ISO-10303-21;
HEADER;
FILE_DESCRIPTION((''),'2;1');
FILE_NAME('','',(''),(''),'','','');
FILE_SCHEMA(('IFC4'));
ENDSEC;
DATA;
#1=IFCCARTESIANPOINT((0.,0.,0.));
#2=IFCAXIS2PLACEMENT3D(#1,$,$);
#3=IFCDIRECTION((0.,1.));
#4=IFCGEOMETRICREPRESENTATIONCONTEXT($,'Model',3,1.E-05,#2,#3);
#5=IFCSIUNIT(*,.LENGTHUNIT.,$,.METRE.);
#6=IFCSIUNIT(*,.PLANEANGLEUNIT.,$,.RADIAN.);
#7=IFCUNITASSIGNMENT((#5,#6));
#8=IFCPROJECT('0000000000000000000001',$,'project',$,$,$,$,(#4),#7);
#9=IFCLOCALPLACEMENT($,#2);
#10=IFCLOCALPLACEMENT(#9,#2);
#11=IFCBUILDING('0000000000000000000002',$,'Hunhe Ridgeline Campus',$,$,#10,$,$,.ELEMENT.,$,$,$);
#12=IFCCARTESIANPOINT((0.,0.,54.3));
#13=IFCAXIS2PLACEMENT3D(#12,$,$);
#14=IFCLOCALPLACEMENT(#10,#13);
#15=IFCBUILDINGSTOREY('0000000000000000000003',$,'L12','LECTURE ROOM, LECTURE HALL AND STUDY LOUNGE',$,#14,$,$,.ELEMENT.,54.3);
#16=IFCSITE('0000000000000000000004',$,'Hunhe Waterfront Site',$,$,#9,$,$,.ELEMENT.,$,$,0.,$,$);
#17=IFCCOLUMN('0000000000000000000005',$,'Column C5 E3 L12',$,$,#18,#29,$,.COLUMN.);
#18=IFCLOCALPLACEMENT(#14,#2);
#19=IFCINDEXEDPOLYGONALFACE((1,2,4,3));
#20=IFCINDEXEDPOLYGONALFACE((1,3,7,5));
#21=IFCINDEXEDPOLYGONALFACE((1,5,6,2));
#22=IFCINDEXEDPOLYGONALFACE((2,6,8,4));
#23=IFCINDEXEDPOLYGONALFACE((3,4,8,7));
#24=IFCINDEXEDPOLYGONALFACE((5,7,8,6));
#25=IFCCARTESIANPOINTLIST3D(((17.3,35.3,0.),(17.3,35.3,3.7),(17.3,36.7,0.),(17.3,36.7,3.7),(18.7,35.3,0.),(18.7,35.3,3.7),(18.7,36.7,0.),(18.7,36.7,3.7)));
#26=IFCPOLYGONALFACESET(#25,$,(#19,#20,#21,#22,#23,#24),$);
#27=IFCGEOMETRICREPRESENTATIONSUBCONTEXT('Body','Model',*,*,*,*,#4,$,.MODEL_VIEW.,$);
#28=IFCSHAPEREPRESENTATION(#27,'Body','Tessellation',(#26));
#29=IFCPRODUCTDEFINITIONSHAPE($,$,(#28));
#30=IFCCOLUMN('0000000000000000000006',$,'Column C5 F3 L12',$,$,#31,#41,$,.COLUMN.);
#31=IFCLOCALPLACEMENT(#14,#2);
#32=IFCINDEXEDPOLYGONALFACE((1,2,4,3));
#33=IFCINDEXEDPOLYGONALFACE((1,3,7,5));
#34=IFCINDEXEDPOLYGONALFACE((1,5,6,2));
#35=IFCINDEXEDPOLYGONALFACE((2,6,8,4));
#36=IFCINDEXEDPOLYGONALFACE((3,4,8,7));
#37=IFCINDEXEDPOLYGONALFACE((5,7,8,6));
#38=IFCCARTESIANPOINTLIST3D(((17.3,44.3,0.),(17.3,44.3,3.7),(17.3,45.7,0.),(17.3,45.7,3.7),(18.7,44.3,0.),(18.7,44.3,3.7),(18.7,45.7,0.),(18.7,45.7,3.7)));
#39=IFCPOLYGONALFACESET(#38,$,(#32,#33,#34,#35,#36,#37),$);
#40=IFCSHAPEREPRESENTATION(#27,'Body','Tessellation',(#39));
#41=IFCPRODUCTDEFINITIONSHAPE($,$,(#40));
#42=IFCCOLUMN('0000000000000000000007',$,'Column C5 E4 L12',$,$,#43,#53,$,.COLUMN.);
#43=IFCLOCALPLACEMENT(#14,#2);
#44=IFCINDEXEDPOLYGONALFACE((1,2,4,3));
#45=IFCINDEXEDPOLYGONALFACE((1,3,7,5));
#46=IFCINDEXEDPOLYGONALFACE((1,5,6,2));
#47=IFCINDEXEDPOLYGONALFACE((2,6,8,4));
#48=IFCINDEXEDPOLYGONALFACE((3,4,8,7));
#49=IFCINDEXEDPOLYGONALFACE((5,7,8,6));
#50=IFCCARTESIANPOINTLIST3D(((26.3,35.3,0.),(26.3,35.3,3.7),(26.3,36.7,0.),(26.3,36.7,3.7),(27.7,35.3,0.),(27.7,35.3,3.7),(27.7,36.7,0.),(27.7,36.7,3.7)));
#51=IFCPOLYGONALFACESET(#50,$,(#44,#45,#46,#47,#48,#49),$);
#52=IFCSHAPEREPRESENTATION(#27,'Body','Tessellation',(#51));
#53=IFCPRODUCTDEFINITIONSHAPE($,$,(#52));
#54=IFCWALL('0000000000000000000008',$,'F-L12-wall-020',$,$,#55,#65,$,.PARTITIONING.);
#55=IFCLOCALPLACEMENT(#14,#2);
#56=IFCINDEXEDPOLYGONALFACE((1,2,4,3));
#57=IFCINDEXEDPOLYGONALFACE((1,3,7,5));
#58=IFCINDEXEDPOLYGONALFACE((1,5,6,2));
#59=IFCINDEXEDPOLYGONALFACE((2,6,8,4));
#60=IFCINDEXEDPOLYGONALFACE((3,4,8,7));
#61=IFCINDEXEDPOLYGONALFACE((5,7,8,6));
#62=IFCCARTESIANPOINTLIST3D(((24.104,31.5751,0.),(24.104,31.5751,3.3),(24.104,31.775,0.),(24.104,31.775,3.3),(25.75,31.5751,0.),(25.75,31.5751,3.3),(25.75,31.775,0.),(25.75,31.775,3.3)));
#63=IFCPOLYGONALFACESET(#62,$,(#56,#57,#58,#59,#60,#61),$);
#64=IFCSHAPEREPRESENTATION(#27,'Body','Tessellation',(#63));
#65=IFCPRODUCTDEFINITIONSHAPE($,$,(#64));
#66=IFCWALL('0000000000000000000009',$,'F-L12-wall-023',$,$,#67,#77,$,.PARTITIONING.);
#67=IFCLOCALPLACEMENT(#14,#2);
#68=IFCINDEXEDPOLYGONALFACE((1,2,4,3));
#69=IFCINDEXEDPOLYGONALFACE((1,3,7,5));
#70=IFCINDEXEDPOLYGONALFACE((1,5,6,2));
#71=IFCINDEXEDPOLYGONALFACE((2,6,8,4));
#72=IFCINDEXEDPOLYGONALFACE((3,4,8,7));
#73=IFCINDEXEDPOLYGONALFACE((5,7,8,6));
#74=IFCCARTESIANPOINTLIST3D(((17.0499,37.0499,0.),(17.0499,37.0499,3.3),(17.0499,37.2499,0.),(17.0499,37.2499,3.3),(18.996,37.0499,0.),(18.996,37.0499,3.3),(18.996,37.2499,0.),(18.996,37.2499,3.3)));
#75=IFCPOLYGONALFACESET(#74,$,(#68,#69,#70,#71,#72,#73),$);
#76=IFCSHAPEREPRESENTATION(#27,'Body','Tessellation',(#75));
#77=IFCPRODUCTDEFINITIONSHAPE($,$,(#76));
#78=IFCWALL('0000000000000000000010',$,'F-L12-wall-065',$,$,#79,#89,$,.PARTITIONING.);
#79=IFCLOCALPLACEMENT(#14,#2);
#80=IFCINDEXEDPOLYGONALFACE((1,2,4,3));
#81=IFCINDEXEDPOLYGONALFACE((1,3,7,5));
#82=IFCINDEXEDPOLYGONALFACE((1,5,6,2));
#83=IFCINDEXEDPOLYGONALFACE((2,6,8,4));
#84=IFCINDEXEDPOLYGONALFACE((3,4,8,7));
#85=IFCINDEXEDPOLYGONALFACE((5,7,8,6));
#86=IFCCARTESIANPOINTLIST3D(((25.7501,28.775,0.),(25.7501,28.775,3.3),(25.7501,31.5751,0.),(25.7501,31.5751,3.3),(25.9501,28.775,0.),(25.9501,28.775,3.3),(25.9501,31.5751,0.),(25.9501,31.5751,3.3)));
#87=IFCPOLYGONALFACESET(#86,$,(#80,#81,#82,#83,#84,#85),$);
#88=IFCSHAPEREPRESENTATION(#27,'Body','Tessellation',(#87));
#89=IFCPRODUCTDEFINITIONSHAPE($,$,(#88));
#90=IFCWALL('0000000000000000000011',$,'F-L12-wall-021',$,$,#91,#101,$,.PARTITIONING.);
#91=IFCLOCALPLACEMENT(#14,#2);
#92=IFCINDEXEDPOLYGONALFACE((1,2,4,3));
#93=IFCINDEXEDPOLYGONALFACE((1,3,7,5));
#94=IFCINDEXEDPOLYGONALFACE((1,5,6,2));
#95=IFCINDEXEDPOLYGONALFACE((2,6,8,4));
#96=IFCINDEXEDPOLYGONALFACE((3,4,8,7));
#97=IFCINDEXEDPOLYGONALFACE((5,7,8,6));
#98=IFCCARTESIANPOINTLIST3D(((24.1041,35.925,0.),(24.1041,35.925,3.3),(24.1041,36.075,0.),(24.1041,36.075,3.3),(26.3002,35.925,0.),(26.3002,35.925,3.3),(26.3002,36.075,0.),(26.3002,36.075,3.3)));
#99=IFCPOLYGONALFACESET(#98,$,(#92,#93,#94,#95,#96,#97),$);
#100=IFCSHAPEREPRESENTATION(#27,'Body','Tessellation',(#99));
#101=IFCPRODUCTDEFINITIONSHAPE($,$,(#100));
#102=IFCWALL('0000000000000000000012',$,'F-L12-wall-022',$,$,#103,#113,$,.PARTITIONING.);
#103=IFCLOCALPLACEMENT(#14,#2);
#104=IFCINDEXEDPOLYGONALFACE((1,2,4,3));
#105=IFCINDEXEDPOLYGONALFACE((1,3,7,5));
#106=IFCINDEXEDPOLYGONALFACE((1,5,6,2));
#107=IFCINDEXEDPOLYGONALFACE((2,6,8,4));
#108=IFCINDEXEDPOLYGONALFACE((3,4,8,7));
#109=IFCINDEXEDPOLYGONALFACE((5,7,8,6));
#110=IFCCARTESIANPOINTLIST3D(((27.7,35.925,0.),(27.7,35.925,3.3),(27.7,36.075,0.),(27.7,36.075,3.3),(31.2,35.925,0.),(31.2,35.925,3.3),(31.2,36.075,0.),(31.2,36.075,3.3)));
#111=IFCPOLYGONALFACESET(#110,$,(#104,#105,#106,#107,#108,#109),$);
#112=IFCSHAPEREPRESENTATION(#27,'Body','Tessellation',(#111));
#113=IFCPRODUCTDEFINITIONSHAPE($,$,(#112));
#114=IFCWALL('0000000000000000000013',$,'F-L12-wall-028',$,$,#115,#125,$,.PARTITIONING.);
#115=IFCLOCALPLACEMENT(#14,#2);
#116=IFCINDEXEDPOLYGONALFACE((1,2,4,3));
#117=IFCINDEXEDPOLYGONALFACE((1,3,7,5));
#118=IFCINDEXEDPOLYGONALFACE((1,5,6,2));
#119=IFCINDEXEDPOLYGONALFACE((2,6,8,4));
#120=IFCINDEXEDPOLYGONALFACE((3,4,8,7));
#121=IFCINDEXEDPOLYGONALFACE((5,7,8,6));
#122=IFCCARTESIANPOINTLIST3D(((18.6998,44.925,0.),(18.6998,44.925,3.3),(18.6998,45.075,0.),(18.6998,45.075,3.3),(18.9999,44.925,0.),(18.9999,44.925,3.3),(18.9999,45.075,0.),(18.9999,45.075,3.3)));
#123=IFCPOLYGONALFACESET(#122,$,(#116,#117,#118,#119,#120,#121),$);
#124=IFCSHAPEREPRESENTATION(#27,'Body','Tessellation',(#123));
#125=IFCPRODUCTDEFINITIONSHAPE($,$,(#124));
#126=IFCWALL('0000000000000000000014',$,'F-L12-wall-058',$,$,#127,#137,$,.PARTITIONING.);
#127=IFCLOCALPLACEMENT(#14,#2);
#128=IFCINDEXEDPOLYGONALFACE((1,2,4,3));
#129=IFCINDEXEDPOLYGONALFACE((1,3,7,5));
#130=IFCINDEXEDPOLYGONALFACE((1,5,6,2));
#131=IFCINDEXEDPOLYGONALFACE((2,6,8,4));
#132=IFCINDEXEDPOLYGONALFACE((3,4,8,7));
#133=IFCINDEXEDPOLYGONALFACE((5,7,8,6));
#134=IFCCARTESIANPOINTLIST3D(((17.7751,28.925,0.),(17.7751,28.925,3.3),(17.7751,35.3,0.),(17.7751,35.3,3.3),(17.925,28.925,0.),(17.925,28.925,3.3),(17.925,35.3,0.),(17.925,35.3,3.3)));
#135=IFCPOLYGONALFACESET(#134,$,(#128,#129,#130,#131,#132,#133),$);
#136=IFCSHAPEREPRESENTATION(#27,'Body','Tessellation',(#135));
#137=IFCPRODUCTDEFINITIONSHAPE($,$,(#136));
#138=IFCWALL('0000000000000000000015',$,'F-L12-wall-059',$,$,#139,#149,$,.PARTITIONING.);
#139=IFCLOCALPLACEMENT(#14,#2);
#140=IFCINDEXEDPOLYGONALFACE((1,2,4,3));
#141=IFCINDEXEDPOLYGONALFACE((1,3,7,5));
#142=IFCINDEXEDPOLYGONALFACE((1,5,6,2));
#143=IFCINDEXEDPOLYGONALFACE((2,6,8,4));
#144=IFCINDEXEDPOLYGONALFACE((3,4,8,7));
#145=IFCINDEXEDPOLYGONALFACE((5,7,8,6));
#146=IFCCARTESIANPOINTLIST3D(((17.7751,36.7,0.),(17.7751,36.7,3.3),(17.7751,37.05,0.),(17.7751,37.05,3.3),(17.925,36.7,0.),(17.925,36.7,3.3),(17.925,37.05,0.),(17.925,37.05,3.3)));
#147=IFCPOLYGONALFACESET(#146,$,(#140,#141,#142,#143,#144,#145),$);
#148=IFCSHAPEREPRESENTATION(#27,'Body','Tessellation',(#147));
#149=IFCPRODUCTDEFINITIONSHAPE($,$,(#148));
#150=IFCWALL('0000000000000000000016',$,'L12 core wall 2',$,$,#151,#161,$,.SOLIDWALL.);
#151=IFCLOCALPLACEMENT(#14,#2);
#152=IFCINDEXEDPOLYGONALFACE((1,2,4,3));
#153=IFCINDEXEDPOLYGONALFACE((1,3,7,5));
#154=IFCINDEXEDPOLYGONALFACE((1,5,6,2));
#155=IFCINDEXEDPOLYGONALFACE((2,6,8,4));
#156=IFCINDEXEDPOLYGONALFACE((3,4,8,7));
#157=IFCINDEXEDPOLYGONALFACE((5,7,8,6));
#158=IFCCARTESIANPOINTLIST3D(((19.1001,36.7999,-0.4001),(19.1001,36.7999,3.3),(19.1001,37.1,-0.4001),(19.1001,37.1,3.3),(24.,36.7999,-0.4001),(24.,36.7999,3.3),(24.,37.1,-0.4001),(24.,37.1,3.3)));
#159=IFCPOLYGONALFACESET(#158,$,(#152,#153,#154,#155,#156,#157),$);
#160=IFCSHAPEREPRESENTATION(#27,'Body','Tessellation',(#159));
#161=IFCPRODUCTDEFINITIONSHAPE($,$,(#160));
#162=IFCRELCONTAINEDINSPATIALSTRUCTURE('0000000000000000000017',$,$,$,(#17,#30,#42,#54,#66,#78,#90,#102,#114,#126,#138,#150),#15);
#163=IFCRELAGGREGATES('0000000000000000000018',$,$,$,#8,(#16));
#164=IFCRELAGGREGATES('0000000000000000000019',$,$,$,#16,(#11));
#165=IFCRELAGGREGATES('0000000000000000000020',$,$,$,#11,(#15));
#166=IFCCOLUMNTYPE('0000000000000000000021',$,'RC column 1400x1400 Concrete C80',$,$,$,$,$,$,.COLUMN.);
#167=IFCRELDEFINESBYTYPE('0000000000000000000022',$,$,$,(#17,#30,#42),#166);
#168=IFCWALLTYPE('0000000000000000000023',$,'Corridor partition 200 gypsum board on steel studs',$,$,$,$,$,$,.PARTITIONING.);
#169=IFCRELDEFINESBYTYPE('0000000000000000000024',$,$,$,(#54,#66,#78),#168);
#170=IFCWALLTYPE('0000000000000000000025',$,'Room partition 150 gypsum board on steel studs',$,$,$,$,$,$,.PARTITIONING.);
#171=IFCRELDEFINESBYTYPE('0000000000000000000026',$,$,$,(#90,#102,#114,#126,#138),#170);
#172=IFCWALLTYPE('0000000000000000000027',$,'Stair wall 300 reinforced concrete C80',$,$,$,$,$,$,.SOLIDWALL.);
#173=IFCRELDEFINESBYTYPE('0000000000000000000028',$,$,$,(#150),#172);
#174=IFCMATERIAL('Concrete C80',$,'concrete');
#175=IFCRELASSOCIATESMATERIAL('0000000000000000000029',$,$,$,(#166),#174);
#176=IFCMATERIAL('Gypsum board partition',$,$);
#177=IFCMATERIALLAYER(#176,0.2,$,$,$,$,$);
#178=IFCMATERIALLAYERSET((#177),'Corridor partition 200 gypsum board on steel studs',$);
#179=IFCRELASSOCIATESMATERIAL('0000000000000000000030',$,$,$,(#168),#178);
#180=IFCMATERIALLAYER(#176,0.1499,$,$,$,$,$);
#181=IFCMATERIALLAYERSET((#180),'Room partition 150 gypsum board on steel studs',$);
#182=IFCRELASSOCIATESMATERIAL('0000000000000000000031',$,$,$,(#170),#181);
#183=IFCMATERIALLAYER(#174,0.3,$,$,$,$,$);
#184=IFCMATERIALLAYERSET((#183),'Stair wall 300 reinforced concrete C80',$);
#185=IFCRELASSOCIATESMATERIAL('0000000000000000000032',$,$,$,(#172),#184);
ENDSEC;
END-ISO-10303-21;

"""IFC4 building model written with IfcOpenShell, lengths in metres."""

from ifc_helpers import new_model, si_unit, direction, frame, frame_2d, origin, origin_2d, place, context, subcontext, project, spatial, rectangle, extrude, material, layer, layer_set, material_profile, profile_set, type_object, element, save


model = new_model("IFC4")

# Units and contexts
model_context = context("Model", 3, precision=1e-05, world=origin(), true_north=direction((0.0, 1.0)))
body_context = subcontext(model_context, "Body", "Model", "MODEL_VIEW")
ifc_project = project(units=[si_unit("LENGTHUNIT", "METRE"), si_unit("PLANEANGLEUNIT", "RADIAN")], contexts=[model_context])

# Site, building, storey
site_placement = place(None, origin())
site = spatial("IfcSite", under=ifc_project, at=site_placement, Name="Hunhe Waterfront Site", CompositionType="ELEMENT", RefElevation=0.0)
building_placement = place(site_placement, origin())
building = spatial("IfcBuilding", under=site, at=building_placement, Name="Hunhe Ridgeline Campus", CompositionType="ELEMENT")
storey_placement = place(building_placement, frame((0.0, 0.0, 54.3)))
storey = spatial("IfcBuildingStorey", under=building, at=storey_placement, Name="L12", Description="LECTURE ROOM, LECTURE HALL AND STUDY LOUNGE", CompositionType="ELEMENT", Elevation=54.3)

# Columns
ifc_material_1 = material(Name="Concrete C80", Category="concrete")
ifc_material_profile = material_profile(ifc_material_1, rectangle(XDim=1.3999, YDim=1.3999, at=origin_2d()))
ifc_profile_set = profile_set([ifc_material_profile], Name="Concrete C80")
column_type = type_object("IfcColumnType", Name="RC column 1400x1400 Concrete C80", PredefinedType="COLUMN", material=ifc_profile_set)
for number, where, z_axis, x_axis, name in (
    (1, (18.0, 36.0, 0.0), (0.0, 0.0, 1.0), (1.0, 0.0, 0.0), "Column C5 E3 L12"),
    (2, (18.0, 45.0, 0.0), (0.0, 0.0, 1.0), (1.0, 0.0, 0.0), "Column C5 F3 L12"),
    (3, (27.0, 36.0, 0.0), (0.0, 0.0, 1.0), (1.0, 0.0, 0.0), "Column C5 E4 L12"),
):
    element("IfcColumn", number, at=place(storey_placement, frame(where, z_axis=z_axis, x_axis=x_axis)), inside=storey, type_object=column_type, Name=name, PredefinedType="COLUMN", context=body_context, shape_type="SweptSolid", body=[
        extrude(rectangle(XDim=1.3999, YDim=1.3999, at=origin_2d()), origin(), (0.0, 0.0, 1.0), 3.7),
    ])

# Walls
ifc_material_2 = material(Name="Gypsum board partition")
ifc_layer_1 = layer(ifc_material_2, 0.2)
ifc_layer_set_1 = layer_set([ifc_layer_1], Name="Corridor partition 200 gypsum board on steel studs")
wall_type_1 = type_object("IfcWallType", Name="Corridor partition 200 gypsum board on steel studs", PredefinedType="PARTITIONING", material=ifc_layer_set_1)
wall_1_placement = place(storey_placement, frame((24.104, 31.675, 0.0), z_axis=(0.0, 0.0, 1.0), x_axis=(1.0, 0.0, 0.0)))
element("IfcWall", 4, at=wall_1_placement, inside=storey, type_object=wall_type_1, Name="F-L12-wall-020", PredefinedType="PARTITIONING", context=body_context, shape_type="SweptSolid", body=[
    extrude(rectangle(XDim=1.646, YDim=0.2, at=frame_2d((0.823, 0.0))), origin(), (0.0, 0.0, 1.0), 3.3),
])
wall_2_placement = place(storey_placement, frame((18.9961, 37.1499, 0.0), z_axis=(0.0, 0.0, 1.0), x_axis=(-1.0, 0.0, 0.0)))
element("IfcWall", 5, at=wall_2_placement, inside=storey, type_object=wall_type_1, Name="F-L12-wall-023", PredefinedType="PARTITIONING", context=body_context, shape_type="SweptSolid", body=[
    extrude(rectangle(XDim=1.946, YDim=0.2, at=frame_2d((0.9731, 0.0))), origin(), (0.0, 0.0, 1.0), 3.3),
])

# Walls
wall_3_placement = place(storey_placement, frame((25.8501, 31.575, 0.0), z_axis=(0.0, 0.0, 1.0), x_axis=(0.0, -1.0, 0.0)))
element("IfcWall", 6, at=wall_3_placement, inside=storey, type_object=wall_type_1, Name="F-L12-wall-065", PredefinedType="PARTITIONING", context=body_context, shape_type="SweptSolid", body=[
    extrude(rectangle(XDim=2.8, YDim=0.2, at=frame_2d((1.3999, 0.0))), origin(), (0.0, 0.0, 1.0), 3.3),
])
ifc_layer_2 = layer(ifc_material_2, 0.1499)
ifc_layer_set_2 = layer_set([ifc_layer_2], Name="Room partition 150 gypsum board on steel studs")
wall_type_2 = type_object("IfcWallType", Name="Room partition 150 gypsum board on steel studs", PredefinedType="PARTITIONING", material=ifc_layer_set_2)
wall_4_placement = place(storey_placement, frame((24.104, 36.0, 0.0), z_axis=(0.0, 0.0, 1.0), x_axis=(1.0, 0.0, 0.0)))
element("IfcWall", 7, at=wall_4_placement, inside=storey, type_object=wall_type_2, Name="F-L12-wall-021", PredefinedType="PARTITIONING", context=body_context, shape_type="SweptSolid", body=[
    extrude(rectangle(XDim=2.196, YDim=0.1499, at=frame_2d((1.0981, 0.0))), origin(), (0.0, 0.0, 1.0), 3.3),
])
wall_5_placement = place(storey_placement, frame((27.7, 36.0, 0.0), z_axis=(0.0, 0.0, 1.0), x_axis=(1.0, 0.0, 0.0)))
element("IfcWall", 8, at=wall_5_placement, inside=storey, type_object=wall_type_2, Name="F-L12-wall-022", PredefinedType="PARTITIONING", context=body_context, shape_type="SweptSolid", body=[
    extrude(rectangle(XDim=3.5, YDim=0.1499, at=frame_2d((1.75, 0.0))), origin(), (0.0, 0.0, 1.0), 3.3),
])
wall_6_placement = place(storey_placement, frame((18.7, 45.0, 0.0), z_axis=(0.0, 0.0, 1.0), x_axis=(1.0, 0.0, 0.0)))
element("IfcWall", 9, at=wall_6_placement, inside=storey, type_object=wall_type_2, Name="F-L12-wall-028", PredefinedType="PARTITIONING", context=body_context, shape_type="SweptSolid", body=[
    extrude(rectangle(XDim=0.3, YDim=0.1499, at=frame_2d((0.1499, 0.0))), origin(), (0.0, 0.0, 1.0), 3.3),
])
wall_7_placement = place(storey_placement, frame((17.8501, 35.3, 0.0), z_axis=(0.0, 0.0, 1.0), x_axis=(0.0, -1.0, 0.0)))
element("IfcWall", 10, at=wall_7_placement, inside=storey, type_object=wall_type_2, Name="F-L12-wall-058", PredefinedType="PARTITIONING", context=body_context, shape_type="SweptSolid", body=[
    extrude(rectangle(XDim=6.375, YDim=0.1499, at=frame_2d((3.1875, 0.0))), origin(), (0.0, 0.0, 1.0), 3.3),
])
wall_8_placement = place(storey_placement, frame((17.8501, 37.05, 0.0), z_axis=(0.0, 0.0, 1.0), x_axis=(0.0, -1.0, 0.0)))
element("IfcWall", 11, at=wall_8_placement, inside=storey, type_object=wall_type_2, Name="F-L12-wall-059", PredefinedType="PARTITIONING", context=body_context, shape_type="SweptSolid", body=[
    extrude(rectangle(XDim=0.3501, YDim=0.1499, at=frame_2d((0.175, 0.0))), origin(), (0.0, 0.0, 1.0), 3.3),
])
ifc_layer_3 = layer(ifc_material_1, 0.3)
ifc_layer_set_3 = layer_set([ifc_layer_3], Name="Stair wall 300 reinforced concrete C80")
wall_type_3 = type_object("IfcWallType", Name="Stair wall 300 reinforced concrete C80", PredefinedType="SOLIDWALL", material=ifc_layer_set_3)
wall_9_placement = place(storey_placement, frame((19.1001, 36.95, -0.4001), z_axis=(0.0, 0.0, 1.0), x_axis=(1.0, 0.0, 0.0)))
element("IfcWall", 12, at=wall_9_placement, inside=storey, type_object=wall_type_3, Name="L12 core wall 2", PredefinedType="SOLIDWALL", context=body_context, shape_type="SweptSolid", body=[
    extrude(rectangle(XDim=4.8999, YDim=0.3, at=frame_2d((2.45, 0.0))), origin(), (0.0, 0.0, 1.0), 3.7002),
])

save(model, "model.ifc")
